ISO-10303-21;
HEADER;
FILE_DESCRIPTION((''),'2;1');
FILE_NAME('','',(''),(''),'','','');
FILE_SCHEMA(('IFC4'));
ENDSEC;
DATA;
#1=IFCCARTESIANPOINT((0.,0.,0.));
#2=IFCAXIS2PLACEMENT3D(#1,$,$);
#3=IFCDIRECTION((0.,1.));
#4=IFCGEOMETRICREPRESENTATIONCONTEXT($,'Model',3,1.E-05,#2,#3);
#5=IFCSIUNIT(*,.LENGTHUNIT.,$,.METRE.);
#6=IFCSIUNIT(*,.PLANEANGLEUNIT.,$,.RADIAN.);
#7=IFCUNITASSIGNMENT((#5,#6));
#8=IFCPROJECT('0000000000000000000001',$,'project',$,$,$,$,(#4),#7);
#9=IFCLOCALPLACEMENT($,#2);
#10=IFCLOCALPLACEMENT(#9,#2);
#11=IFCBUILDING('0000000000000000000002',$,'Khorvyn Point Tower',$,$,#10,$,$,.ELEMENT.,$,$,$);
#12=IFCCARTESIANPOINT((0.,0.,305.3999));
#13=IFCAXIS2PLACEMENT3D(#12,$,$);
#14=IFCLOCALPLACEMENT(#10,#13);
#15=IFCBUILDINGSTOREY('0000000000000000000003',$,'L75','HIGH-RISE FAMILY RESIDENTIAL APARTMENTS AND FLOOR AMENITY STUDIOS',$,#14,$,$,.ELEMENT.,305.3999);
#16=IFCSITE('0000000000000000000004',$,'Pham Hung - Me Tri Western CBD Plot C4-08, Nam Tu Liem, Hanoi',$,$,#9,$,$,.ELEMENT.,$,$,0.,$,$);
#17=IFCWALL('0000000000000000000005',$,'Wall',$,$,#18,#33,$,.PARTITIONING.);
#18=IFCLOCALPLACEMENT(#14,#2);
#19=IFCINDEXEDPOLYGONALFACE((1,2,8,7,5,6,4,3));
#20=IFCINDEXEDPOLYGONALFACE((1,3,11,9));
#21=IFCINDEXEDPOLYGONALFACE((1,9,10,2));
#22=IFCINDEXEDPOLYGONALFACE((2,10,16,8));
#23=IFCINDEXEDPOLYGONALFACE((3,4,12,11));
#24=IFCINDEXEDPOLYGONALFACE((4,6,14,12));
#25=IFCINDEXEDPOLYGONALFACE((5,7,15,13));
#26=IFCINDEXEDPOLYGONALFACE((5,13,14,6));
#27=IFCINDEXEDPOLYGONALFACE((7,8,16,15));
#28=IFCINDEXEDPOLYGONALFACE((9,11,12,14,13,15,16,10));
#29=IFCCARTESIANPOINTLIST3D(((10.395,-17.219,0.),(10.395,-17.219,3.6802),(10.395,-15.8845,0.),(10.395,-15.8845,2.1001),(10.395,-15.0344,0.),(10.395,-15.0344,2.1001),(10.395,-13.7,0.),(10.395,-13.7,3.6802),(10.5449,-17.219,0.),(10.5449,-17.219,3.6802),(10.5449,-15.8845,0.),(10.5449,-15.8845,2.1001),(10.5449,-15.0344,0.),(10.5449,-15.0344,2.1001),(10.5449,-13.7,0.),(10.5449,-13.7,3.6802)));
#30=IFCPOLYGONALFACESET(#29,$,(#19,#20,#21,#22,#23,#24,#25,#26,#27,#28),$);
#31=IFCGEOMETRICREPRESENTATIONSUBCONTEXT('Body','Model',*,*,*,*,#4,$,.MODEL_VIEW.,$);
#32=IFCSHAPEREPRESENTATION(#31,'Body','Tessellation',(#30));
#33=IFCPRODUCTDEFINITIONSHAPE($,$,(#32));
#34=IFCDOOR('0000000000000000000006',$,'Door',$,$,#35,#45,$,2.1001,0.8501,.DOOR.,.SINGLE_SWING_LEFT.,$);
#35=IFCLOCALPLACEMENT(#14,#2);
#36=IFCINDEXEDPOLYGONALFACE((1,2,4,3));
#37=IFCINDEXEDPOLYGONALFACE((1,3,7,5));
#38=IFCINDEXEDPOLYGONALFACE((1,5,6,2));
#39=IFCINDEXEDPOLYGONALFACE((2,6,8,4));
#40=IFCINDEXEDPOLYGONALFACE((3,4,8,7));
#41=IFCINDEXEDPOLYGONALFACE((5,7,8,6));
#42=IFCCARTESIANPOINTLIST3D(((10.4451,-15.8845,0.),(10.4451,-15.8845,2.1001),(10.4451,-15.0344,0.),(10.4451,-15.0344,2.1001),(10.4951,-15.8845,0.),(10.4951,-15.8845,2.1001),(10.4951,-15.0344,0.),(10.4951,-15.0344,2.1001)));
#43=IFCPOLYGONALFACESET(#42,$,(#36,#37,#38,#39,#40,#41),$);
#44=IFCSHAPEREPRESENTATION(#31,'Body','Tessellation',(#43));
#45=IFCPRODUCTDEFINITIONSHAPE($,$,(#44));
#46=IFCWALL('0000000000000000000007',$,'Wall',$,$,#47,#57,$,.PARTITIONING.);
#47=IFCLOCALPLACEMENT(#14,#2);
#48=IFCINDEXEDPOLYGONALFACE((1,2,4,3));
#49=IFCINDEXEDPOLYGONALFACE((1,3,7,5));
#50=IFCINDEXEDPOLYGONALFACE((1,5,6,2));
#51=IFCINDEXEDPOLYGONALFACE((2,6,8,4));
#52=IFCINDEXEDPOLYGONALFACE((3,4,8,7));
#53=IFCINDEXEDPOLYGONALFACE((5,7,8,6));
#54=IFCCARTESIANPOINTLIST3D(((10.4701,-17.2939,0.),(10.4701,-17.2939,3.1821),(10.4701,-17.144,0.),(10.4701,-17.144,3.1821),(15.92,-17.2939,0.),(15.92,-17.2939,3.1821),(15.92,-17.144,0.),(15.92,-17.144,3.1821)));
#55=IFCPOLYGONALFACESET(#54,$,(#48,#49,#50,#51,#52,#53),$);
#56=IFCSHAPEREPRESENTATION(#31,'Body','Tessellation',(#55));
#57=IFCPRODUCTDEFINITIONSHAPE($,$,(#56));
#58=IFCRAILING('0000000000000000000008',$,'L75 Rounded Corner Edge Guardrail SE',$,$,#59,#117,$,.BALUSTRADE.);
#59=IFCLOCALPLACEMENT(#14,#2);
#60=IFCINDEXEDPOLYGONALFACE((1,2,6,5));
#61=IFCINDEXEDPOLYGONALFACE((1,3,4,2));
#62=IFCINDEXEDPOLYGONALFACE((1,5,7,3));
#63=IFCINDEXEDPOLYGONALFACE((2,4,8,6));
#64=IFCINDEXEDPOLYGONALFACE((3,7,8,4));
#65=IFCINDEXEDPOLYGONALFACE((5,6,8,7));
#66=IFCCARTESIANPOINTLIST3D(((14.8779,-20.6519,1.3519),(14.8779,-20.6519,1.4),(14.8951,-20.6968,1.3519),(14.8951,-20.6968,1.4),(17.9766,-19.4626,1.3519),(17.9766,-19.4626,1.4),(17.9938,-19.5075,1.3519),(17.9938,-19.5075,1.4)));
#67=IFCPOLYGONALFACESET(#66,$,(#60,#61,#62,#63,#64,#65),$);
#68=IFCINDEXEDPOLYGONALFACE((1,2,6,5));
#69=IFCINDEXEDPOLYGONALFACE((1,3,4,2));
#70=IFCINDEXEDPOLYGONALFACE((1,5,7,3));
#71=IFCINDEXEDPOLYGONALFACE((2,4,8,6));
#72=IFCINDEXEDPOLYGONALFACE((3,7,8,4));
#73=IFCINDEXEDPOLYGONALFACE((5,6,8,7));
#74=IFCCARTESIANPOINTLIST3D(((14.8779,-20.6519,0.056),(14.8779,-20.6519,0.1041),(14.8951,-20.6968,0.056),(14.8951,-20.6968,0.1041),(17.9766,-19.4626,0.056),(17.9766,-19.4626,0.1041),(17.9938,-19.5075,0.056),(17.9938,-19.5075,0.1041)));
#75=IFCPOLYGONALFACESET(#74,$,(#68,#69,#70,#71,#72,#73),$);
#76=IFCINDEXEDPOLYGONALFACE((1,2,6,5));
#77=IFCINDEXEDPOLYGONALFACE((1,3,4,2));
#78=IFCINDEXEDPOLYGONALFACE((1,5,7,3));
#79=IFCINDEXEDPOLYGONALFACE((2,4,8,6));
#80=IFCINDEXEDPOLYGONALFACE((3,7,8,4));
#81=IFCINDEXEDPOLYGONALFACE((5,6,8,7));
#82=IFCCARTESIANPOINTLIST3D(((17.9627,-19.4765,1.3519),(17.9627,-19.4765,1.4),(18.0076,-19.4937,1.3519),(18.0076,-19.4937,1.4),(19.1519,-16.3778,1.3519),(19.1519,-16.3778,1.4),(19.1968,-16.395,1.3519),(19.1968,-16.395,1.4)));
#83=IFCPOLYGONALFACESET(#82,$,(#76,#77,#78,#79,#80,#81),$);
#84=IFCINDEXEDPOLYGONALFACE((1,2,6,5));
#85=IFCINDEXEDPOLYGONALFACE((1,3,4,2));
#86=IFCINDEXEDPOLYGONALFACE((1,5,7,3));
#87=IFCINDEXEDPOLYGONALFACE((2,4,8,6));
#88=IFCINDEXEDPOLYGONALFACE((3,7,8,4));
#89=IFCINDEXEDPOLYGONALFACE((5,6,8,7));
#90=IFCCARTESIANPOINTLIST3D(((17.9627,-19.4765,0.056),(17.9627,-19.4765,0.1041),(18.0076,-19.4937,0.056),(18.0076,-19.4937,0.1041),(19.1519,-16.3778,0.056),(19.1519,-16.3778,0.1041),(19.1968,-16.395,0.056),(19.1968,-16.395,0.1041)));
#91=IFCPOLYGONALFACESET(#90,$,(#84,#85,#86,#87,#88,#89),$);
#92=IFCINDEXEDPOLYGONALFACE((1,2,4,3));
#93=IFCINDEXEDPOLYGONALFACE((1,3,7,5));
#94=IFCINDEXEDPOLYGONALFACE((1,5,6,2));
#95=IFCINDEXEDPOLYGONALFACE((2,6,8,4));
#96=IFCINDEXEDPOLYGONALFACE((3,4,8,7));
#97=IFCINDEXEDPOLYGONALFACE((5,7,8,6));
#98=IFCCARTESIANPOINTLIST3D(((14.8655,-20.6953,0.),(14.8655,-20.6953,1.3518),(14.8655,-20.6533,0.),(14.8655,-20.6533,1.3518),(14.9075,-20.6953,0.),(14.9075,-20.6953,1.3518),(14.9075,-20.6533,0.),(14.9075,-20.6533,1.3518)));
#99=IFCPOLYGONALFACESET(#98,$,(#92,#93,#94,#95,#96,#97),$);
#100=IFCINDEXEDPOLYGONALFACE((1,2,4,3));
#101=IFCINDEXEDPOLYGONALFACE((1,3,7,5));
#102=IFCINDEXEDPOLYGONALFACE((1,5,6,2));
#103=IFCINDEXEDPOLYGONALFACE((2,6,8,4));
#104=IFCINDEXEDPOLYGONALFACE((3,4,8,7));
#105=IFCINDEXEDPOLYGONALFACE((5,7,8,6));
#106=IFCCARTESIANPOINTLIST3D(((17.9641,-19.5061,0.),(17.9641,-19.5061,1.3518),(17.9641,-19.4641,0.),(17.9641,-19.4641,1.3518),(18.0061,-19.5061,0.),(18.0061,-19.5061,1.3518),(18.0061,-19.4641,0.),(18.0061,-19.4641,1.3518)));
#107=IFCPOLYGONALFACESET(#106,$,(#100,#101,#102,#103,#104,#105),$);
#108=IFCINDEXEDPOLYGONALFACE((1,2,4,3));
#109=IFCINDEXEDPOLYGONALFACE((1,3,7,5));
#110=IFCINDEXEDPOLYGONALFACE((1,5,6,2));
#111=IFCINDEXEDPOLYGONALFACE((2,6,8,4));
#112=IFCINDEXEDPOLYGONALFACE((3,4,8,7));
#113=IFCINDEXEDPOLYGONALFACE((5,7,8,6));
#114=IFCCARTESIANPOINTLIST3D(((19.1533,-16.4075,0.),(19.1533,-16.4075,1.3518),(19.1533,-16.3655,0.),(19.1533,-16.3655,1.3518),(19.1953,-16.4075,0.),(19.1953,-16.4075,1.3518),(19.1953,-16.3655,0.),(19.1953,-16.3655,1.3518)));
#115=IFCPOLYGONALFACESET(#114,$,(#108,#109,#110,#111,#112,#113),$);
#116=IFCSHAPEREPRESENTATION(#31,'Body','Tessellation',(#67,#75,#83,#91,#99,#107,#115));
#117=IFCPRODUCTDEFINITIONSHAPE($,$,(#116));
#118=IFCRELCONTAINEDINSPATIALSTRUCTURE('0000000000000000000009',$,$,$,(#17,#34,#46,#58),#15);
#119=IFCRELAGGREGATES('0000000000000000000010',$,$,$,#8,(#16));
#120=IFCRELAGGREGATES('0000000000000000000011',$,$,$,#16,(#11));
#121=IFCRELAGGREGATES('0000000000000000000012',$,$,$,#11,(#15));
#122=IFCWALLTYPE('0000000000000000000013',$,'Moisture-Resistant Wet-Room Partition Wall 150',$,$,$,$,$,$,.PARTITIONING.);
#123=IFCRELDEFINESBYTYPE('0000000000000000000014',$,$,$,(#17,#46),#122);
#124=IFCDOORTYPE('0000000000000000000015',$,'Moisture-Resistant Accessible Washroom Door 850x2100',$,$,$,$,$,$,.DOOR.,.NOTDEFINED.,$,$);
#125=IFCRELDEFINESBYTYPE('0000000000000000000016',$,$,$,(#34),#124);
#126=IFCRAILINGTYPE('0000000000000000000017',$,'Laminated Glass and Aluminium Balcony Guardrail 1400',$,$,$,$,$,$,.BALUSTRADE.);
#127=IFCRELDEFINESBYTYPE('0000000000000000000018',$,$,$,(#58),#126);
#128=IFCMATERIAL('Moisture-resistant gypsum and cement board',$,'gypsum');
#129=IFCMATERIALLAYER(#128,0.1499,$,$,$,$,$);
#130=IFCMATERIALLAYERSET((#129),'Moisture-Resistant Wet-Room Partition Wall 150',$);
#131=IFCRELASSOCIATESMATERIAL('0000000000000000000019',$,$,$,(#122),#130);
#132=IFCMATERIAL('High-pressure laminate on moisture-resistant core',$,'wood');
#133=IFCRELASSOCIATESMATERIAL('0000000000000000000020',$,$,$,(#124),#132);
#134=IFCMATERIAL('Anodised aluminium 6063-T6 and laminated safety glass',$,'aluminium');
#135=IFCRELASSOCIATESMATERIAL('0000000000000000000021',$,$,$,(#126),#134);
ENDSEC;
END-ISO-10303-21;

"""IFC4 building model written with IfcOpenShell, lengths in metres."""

from ifc_helpers import new_model, si_unit, direction, frame, frame_2d, origin, origin_2d, place, context, subcontext, project, spatial, rectangle, extrude, material, layer, layer_set, type_object, element, fill, save


model = new_model("IFC4")

# Units and contexts
model_context = context("Model", 3, precision=1e-05, world=origin(), true_north=direction((0.0, 1.0)))
body_context = subcontext(model_context, "Body", "Model", "MODEL_VIEW")
ifc_project = project(units=[si_unit("LENGTHUNIT", "METRE"), si_unit("PLANEANGLEUNIT", "RADIAN")], contexts=[model_context])

# Site, building, storey
site_placement = place(None, origin())
site = spatial("IfcSite", under=ifc_project, at=site_placement, Name="Pham Hung - Me Tri Western CBD Plot C4-08, Nam Tu Liem, Hanoi", CompositionType="ELEMENT", RefElevation=0.0)
building_placement = place(site_placement, origin())
building = spatial("IfcBuilding", under=site, at=building_placement, Name="Khorvyn Point Tower", CompositionType="ELEMENT")
storey_placement = place(building_placement, frame((0.0, 0.0, 305.3999)))
storey = spatial("IfcBuildingStorey", under=building, at=storey_placement, Name="L75", Description="HIGH-RISE FAMILY RESIDENTIAL APARTMENTS AND FLOOR AMENITY STUDIOS", CompositionType="ELEMENT", Elevation=305.3999)

# Wall, opening, door
ifc_material_1 = material(Name="Moisture-resistant gypsum and cement board", Category="gypsum")
ifc_layer_1 = layer(ifc_material_1, 0.1499)
ifc_layer_set_1 = layer_set([ifc_layer_1], Name="Moisture-Resistant Wet-Room Partition Wall 150")
wall_type_1 = type_object("IfcWallType", Name="Moisture-Resistant Wet-Room Partition Wall 150", PredefinedType="PARTITIONING", material=ifc_layer_set_1)
wall_1_placement = place(storey_placement, frame((10.47, -17.219, 0.0), z_axis=(0.0, 0.0, 1.0), x_axis=(0.0, 1.0, 0.0)))
wall_1 = element("IfcWall", 1, at=wall_1_placement, inside=storey, type_object=wall_type_1, Name="Wall", PredefinedType="PARTITIONING", context=body_context, shape_type="SweptSolid", body=[
    extrude(rectangle(XDim=3.519, YDim=0.1499, at=frame_2d((1.7595, 0.0))), origin(), (0.0, 0.0, 1.0), 3.6802),
])
opening_1_placement = place(wall_1_placement, frame((1.3345, 0.0, 0.0)))
opening_1 = element("IfcOpeningElement", 2, at=opening_1_placement, cuts=wall_1, PredefinedType="OPENING", context=body_context, shape_type="SweptSolid", body=[
    extrude(rectangle(XDim=0.8501, YDim=2.1001, at=frame_2d((0.425, 1.05))), frame((0.0, 0.085, 0.0), z_axis=(0.0, -1.0, 0.0), x_axis=(1.0, 0.0, 0.0)), (0.0, 0.0, 1.0), 0.1699),
])
ifc_material_2 = material(Name="High-pressure laminate on moisture-resistant core", Category="wood")
door_type_1 = type_object("IfcDoorType", Name="Moisture-Resistant Accessible Washroom Door 850x2100", OperationType="NOTDEFINED", PredefinedType="DOOR", material=ifc_material_2)
door_1_placement = place(opening_1_placement, origin())
door_1 = element("IfcDoor", 3, at=door_1_placement, inside=storey, type_object=door_type_1, Name="Door", OperationType="SINGLE_SWING_LEFT", OverallHeight=2.1001, OverallWidth=0.8501, PredefinedType="DOOR", context=body_context, shape_type="SweptSolid", body=[
    extrude(rectangle(XDim=0.8501, YDim=2.1001, at=frame_2d((0.425, 1.05))), frame((0.0, 0.0249, 0.0), z_axis=(0.0, -1.0, 0.0), x_axis=(1.0, 0.0, 0.0)), (0.0, 0.0, 1.0), 0.05),
])
fill(opening_1, door_1)

# Wall
wall_2_placement = place(storey_placement, frame((10.47, -17.219, 0.0), z_axis=(0.0, 0.0, 1.0), x_axis=(1.0, 0.0, 0.0)))
element("IfcWall", 4, at=wall_2_placement, inside=storey, type_object=wall_type_1, Name="Wall", PredefinedType="PARTITIONING", context=body_context, shape_type="SweptSolid", body=[
    extrude(rectangle(XDim=5.45, YDim=0.1499, at=frame_2d((2.7251, 0.0))), origin(), (0.0, 0.0, 1.0), 3.1821),
])

# Railing
ifc_material_3 = material(Name="Anodised aluminium 6063-T6 and laminated safety glass", Category="aluminium")
railing_type = type_object("IfcRailingType", Name="Laminated Glass and Aluminium Balcony Guardrail 1400", PredefinedType="BALUSTRADE", material=ifc_material_3)
railing_placement = place(storey_placement, frame((14.8865, -20.6743, 0.0)))
element("IfcRailing", 5, at=railing_placement, inside=storey, type_object=railing_type, Name="L75 Rounded Corner Edge Guardrail SE", PredefinedType="BALUSTRADE", context=body_context, shape_type="SweptSolid", body=[
    extrude(rectangle(XDim=0.0481, YDim=0.0481, at=origin_2d()), frame((0.0, 0.0, 1.376), z_axis=(0.933605, 0.358304, 0.0), x_axis=(-0.358304, 0.933605, 0.0)), (0.0, 0.0, 1.0), 3.3191),
    extrude(rectangle(XDim=0.0481, YDim=0.0481, at=origin_2d()), frame((0.0, 0.0, 0.0801), z_axis=(0.933605, 0.358304, 0.0), x_axis=(-0.358304, 0.933605, 0.0)), (0.0, 0.0, 1.0), 3.3191),
    extrude(rectangle(XDim=0.0481, YDim=0.0481, at=origin_2d()), frame((3.0986, 1.1892, 1.376), z_axis=(0.358304, 0.933605, 0.0), x_axis=(-0.933605, 0.358304, 0.0)), (0.0, 0.0, 1.0), 3.3191),
    extrude(rectangle(XDim=0.0481, YDim=0.0481, at=origin_2d()), frame((3.0986, 1.1892, 0.0801), z_axis=(0.358304, 0.933605, 0.0), x_axis=(-0.933605, 0.358304, 0.0)), (0.0, 0.0, 1.0), 3.3191),
    extrude(rectangle(XDim=0.042, YDim=0.042, at=origin_2d()), origin(), (0.0, 0.0, 1.0), 1.3518),
    extrude(rectangle(XDim=0.042, YDim=0.042, at=origin_2d()), frame((3.0986, 1.1892, 0.0)), (0.0, 0.0, 1.0), 1.3518),
    extrude(rectangle(XDim=0.042, YDim=0.042, at=origin_2d()), frame((4.2878, 4.2878, 0.0)), (0.0, 0.0, 1.0), 1.3518),
])

save(model, "model.ifc")
